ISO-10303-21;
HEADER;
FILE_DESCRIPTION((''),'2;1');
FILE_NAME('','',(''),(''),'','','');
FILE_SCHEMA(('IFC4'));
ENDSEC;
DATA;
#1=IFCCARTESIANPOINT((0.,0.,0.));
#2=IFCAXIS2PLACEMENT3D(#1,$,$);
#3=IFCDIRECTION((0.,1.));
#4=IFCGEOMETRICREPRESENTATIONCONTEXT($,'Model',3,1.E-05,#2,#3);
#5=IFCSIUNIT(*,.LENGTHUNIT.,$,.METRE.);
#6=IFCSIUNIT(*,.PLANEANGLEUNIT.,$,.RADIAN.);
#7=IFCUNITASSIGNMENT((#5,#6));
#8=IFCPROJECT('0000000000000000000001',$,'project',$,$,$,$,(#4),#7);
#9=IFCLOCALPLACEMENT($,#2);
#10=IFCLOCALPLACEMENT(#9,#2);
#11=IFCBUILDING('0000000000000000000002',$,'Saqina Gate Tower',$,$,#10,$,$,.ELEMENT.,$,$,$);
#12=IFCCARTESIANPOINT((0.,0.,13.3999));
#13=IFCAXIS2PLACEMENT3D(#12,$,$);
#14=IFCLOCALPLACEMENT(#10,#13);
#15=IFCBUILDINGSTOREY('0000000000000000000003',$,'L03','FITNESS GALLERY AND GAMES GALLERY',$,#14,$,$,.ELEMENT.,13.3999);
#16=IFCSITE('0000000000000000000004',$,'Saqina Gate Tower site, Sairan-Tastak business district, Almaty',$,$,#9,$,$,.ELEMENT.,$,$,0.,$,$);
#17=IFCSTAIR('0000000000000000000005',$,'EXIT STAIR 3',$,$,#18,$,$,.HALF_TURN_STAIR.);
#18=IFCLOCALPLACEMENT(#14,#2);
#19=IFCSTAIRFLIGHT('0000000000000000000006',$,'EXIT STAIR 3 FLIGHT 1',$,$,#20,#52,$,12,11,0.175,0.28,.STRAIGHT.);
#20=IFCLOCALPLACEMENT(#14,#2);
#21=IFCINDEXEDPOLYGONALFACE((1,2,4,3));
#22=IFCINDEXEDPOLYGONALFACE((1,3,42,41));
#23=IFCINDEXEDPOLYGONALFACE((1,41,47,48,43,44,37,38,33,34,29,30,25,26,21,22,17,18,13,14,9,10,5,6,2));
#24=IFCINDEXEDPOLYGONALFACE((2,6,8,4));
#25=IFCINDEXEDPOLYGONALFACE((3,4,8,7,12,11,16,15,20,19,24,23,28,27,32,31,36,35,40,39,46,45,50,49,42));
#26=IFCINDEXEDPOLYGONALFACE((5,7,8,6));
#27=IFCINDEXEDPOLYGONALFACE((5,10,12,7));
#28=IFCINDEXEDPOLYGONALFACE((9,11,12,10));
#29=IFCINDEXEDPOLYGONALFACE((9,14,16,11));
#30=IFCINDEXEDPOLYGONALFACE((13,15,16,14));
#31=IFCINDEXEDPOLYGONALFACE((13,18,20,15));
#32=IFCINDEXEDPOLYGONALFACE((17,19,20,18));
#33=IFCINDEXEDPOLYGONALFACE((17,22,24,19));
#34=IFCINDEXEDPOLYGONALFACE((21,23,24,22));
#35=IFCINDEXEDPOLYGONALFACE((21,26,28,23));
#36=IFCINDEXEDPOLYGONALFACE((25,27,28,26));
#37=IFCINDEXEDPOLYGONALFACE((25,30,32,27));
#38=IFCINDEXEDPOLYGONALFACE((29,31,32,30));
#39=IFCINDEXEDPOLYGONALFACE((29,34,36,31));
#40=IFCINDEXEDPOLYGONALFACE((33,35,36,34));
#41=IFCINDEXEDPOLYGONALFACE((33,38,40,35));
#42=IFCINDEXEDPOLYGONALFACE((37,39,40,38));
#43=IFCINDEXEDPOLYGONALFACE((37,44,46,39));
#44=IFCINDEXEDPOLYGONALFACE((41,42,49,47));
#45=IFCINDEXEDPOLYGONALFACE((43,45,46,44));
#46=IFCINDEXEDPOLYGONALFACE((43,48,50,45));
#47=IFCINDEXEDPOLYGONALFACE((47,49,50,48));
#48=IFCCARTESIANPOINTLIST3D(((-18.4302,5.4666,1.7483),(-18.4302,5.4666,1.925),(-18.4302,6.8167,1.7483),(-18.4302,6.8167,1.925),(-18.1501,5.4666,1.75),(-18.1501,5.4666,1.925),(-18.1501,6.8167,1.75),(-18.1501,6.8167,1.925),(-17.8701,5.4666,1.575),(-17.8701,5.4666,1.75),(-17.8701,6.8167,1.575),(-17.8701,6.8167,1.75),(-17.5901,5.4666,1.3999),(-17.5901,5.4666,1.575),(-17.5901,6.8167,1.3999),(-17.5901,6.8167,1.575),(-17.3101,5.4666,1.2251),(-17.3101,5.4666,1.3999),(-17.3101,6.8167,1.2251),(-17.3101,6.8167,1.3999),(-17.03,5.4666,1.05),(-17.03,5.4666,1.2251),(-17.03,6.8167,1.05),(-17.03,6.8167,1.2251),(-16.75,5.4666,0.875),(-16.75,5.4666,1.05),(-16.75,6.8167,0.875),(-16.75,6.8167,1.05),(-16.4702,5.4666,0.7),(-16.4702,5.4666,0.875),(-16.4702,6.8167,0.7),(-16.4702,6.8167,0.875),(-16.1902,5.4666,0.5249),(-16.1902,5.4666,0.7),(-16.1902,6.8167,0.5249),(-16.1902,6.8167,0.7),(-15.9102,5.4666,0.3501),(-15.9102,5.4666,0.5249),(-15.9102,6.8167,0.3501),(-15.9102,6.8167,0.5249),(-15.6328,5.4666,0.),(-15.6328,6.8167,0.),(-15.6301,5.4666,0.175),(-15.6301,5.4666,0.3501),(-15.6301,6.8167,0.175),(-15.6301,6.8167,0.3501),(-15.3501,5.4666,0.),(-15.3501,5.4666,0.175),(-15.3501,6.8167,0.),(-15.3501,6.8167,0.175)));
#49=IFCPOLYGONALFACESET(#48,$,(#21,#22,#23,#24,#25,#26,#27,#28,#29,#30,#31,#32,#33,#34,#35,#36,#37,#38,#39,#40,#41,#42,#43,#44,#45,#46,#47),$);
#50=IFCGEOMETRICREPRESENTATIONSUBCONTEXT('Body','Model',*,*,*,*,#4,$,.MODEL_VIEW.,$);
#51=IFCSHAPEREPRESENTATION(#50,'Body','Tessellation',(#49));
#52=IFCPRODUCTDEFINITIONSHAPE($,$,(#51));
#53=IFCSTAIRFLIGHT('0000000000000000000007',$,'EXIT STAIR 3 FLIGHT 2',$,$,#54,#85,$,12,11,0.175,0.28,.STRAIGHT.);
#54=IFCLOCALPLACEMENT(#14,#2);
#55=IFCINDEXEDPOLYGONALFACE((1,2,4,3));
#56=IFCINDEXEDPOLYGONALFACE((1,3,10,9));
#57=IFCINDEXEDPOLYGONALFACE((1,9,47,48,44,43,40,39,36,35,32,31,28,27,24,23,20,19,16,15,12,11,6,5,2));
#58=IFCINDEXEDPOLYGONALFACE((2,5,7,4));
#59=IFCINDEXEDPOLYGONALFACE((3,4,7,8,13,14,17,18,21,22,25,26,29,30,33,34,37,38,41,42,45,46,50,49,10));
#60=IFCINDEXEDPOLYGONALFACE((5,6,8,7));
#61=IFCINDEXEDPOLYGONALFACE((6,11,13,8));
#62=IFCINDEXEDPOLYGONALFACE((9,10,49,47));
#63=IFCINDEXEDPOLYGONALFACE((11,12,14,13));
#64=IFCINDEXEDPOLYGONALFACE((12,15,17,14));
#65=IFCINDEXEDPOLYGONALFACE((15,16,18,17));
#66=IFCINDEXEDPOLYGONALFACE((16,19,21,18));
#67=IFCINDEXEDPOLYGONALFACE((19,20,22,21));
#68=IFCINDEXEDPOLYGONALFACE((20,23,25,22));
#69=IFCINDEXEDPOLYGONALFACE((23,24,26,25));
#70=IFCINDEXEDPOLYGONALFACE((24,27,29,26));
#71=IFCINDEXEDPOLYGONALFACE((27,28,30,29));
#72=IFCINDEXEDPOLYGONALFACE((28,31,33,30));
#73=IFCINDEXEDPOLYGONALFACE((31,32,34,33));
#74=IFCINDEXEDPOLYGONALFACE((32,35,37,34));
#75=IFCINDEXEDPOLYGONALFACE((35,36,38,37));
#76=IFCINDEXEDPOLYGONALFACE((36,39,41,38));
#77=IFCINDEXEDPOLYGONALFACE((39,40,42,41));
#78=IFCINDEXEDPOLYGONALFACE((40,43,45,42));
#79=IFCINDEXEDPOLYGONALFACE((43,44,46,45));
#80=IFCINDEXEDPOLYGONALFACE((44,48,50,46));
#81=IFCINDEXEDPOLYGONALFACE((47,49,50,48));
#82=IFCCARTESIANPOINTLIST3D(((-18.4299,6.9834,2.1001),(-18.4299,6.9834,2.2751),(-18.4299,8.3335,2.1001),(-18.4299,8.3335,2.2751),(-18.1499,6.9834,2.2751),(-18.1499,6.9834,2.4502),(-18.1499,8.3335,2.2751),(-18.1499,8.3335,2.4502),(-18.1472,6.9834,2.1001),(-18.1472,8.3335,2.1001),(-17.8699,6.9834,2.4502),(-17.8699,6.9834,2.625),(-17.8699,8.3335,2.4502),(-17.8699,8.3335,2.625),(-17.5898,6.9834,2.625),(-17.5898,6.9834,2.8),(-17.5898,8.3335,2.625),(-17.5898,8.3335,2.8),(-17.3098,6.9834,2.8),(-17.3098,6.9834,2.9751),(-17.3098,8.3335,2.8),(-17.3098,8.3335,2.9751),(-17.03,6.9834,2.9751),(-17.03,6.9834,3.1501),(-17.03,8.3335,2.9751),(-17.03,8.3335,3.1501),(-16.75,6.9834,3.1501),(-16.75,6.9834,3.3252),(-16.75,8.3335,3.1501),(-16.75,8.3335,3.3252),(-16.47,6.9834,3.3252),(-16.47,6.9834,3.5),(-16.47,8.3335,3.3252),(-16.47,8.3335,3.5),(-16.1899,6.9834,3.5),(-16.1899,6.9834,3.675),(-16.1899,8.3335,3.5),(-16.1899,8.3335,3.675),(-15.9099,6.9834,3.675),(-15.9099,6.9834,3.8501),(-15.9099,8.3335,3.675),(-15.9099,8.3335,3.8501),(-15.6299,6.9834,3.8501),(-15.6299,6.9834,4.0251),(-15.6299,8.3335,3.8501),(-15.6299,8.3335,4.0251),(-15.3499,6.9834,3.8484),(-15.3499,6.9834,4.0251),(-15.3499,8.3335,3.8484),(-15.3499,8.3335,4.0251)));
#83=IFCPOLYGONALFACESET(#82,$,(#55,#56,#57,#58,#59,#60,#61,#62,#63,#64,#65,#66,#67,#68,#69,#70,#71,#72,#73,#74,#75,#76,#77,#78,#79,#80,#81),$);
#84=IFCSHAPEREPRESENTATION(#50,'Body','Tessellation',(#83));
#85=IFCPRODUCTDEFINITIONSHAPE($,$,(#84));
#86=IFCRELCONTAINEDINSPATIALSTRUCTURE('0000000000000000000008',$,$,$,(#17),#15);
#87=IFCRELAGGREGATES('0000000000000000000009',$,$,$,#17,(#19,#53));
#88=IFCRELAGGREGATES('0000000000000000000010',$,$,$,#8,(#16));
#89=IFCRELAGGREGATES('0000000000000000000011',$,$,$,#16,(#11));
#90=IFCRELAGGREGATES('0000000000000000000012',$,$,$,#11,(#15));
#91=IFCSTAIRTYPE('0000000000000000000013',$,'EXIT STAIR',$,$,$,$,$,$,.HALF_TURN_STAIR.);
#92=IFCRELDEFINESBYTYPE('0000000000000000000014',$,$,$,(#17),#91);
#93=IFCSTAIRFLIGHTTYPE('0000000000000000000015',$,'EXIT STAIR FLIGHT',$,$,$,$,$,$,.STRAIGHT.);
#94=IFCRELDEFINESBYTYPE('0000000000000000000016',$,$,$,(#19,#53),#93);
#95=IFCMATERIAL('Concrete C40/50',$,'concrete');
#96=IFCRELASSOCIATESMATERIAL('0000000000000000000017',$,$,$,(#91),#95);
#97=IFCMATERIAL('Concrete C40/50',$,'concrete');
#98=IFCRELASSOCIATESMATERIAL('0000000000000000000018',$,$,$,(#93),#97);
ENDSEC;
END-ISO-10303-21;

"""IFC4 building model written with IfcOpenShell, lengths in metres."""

from ifc_helpers import new_model, si_unit, direction, frame, origin, place, context, subcontext, project, spatial, polyline, outline, extrude, material, type_object, element, aggregate, save


model = new_model("IFC4")

# Units and contexts
model_context = context("Model", 3, precision=1e-05, world=origin(), true_north=direction((0.0, 1.0)))
body_context = subcontext(model_context, "Body", "Model", "MODEL_VIEW")
ifc_project = project(units=[si_unit("LENGTHUNIT", "METRE"), si_unit("PLANEANGLEUNIT", "RADIAN")], contexts=[model_context])

# Site, building, storey
site_placement = place(None, origin())
site = spatial("IfcSite", under=ifc_project, at=site_placement, Name="Saqina Gate Tower site, Sairan-Tastak business district, Almaty", CompositionType="ELEMENT", RefElevation=0.0)
building_placement = place(site_placement, origin())
building = spatial("IfcBuilding", under=site, at=building_placement, Name="Saqina Gate Tower", CompositionType="ELEMENT")
storey_placement = place(building_placement, frame((0.0, 0.0, 13.3999)))
storey = spatial("IfcBuildingStorey", under=building, at=storey_placement, Name="L03", Description="FITNESS GALLERY AND GAMES GALLERY", CompositionType="ELEMENT", Elevation=13.3999)

# Shared definitions
ifc_material_1 = material(Name="Concrete C40/50", Category="concrete")
stair_type = type_object("IfcStairType", Name="EXIT STAIR", PredefinedType="HALF_TURN_STAIR", material=ifc_material_1)

# Stair, stair flights
stair_1_placement = place(storey_placement, origin())
stair_1 = element("IfcStair", 1, at=stair_1_placement, inside=storey, type_object=stair_type, Name="EXIT STAIR 3", PredefinedType="HALF_TURN_STAIR")
ifc_material_2 = material(Name="Concrete C40/50", Category="concrete")
stair_flight_type = type_object("IfcStairFlightType", Name="EXIT STAIR FLIGHT", PredefinedType="STRAIGHT", material=ifc_material_2)
stair_flight_1_placement = place(storey_placement, frame((-15.3501, 6.1416, 0.0), z_axis=(0.0, 0.0, 1.0), x_axis=(-1.0, 0.0, 0.0)))
stair_flight_1 = element("IfcStairFlight", 2, at=stair_flight_1_placement, type_object=stair_flight_type, Name="EXIT STAIR 3 FLIGHT 1", NumberOfRisers=12, NumberOfTreads=11, PredefinedType="STRAIGHT", RiserHeight=0.175, TreadLength=0.28, context=body_context, shape_type="SweptSolid", body=[
    extrude(outline(polyline([(0.0, 0.0), (0.0, 0.175), (0.28, 0.175), (0.28, 0.3501), (0.5601, 0.3501), (0.5601, 0.5249), (0.8401, 0.5249), (0.8401, 0.7), (1.1201, 0.7), (1.1201, 0.875), (1.3999, 0.875), (1.3999, 1.05), (1.6799, 1.05), (1.6799, 1.2251), (1.96, 1.2251), (1.96, 1.3999), (2.24, 1.3999), (2.24, 1.575), (2.52, 1.575), (2.52, 1.75), (2.8, 1.75), (2.8, 1.925), (3.0801, 1.925), (3.0801, 2.1001), (3.0801, 1.7483), (0.2827, 0.0), (0.0, 0.0)])), frame((0.0, 0.675, 0.0), z_axis=(0.0, -1.0, 0.0), x_axis=(1.0, 0.0, 0.0)), (0.0, 0.0, 1.0), 1.3501),
])
stair_flight_2_placement = place(storey_placement, frame((-18.4299, 7.6584, 2.1001), z_axis=(0.0, 0.0, 1.0), x_axis=(1.0, 0.0, 0.0)))
stair_flight_2 = element("IfcStairFlight", 3, at=stair_flight_2_placement, type_object=stair_flight_type, Name="EXIT STAIR 3 FLIGHT 2", NumberOfRisers=12, NumberOfTreads=11, PredefinedType="STRAIGHT", RiserHeight=0.175, TreadLength=0.28, context=body_context, shape_type="SweptSolid", body=[
    extrude(outline(polyline([(0.0, 0.0), (0.0, 0.175), (0.28, 0.175), (0.28, 0.3501), (0.5601, 0.3501), (0.5601, 0.5249), (0.8401, 0.5249), (0.8401, 0.7), (1.1201, 0.7), (1.1201, 0.875), (1.3999, 0.875), (1.3999, 1.05), (1.6799, 1.05), (1.6799, 1.2251), (1.96, 1.2251), (1.96, 1.3999), (2.24, 1.3999), (2.24, 1.575), (2.52, 1.575), (2.52, 1.75), (2.8, 1.75), (2.8, 1.925), (3.0801, 1.925), (3.0801, 2.1001), (3.0801, 1.7483), (0.2827, 0.0), (0.0, 0.0)])), frame((0.0, 0.675, 0.0), z_axis=(0.0, -1.0, 0.0), x_axis=(1.0, 0.0, 0.0)), (0.0, 0.0, 1.0), 1.3501),
])
aggregate(stair_1, [stair_flight_1, stair_flight_2])

save(model, "model.ifc")
